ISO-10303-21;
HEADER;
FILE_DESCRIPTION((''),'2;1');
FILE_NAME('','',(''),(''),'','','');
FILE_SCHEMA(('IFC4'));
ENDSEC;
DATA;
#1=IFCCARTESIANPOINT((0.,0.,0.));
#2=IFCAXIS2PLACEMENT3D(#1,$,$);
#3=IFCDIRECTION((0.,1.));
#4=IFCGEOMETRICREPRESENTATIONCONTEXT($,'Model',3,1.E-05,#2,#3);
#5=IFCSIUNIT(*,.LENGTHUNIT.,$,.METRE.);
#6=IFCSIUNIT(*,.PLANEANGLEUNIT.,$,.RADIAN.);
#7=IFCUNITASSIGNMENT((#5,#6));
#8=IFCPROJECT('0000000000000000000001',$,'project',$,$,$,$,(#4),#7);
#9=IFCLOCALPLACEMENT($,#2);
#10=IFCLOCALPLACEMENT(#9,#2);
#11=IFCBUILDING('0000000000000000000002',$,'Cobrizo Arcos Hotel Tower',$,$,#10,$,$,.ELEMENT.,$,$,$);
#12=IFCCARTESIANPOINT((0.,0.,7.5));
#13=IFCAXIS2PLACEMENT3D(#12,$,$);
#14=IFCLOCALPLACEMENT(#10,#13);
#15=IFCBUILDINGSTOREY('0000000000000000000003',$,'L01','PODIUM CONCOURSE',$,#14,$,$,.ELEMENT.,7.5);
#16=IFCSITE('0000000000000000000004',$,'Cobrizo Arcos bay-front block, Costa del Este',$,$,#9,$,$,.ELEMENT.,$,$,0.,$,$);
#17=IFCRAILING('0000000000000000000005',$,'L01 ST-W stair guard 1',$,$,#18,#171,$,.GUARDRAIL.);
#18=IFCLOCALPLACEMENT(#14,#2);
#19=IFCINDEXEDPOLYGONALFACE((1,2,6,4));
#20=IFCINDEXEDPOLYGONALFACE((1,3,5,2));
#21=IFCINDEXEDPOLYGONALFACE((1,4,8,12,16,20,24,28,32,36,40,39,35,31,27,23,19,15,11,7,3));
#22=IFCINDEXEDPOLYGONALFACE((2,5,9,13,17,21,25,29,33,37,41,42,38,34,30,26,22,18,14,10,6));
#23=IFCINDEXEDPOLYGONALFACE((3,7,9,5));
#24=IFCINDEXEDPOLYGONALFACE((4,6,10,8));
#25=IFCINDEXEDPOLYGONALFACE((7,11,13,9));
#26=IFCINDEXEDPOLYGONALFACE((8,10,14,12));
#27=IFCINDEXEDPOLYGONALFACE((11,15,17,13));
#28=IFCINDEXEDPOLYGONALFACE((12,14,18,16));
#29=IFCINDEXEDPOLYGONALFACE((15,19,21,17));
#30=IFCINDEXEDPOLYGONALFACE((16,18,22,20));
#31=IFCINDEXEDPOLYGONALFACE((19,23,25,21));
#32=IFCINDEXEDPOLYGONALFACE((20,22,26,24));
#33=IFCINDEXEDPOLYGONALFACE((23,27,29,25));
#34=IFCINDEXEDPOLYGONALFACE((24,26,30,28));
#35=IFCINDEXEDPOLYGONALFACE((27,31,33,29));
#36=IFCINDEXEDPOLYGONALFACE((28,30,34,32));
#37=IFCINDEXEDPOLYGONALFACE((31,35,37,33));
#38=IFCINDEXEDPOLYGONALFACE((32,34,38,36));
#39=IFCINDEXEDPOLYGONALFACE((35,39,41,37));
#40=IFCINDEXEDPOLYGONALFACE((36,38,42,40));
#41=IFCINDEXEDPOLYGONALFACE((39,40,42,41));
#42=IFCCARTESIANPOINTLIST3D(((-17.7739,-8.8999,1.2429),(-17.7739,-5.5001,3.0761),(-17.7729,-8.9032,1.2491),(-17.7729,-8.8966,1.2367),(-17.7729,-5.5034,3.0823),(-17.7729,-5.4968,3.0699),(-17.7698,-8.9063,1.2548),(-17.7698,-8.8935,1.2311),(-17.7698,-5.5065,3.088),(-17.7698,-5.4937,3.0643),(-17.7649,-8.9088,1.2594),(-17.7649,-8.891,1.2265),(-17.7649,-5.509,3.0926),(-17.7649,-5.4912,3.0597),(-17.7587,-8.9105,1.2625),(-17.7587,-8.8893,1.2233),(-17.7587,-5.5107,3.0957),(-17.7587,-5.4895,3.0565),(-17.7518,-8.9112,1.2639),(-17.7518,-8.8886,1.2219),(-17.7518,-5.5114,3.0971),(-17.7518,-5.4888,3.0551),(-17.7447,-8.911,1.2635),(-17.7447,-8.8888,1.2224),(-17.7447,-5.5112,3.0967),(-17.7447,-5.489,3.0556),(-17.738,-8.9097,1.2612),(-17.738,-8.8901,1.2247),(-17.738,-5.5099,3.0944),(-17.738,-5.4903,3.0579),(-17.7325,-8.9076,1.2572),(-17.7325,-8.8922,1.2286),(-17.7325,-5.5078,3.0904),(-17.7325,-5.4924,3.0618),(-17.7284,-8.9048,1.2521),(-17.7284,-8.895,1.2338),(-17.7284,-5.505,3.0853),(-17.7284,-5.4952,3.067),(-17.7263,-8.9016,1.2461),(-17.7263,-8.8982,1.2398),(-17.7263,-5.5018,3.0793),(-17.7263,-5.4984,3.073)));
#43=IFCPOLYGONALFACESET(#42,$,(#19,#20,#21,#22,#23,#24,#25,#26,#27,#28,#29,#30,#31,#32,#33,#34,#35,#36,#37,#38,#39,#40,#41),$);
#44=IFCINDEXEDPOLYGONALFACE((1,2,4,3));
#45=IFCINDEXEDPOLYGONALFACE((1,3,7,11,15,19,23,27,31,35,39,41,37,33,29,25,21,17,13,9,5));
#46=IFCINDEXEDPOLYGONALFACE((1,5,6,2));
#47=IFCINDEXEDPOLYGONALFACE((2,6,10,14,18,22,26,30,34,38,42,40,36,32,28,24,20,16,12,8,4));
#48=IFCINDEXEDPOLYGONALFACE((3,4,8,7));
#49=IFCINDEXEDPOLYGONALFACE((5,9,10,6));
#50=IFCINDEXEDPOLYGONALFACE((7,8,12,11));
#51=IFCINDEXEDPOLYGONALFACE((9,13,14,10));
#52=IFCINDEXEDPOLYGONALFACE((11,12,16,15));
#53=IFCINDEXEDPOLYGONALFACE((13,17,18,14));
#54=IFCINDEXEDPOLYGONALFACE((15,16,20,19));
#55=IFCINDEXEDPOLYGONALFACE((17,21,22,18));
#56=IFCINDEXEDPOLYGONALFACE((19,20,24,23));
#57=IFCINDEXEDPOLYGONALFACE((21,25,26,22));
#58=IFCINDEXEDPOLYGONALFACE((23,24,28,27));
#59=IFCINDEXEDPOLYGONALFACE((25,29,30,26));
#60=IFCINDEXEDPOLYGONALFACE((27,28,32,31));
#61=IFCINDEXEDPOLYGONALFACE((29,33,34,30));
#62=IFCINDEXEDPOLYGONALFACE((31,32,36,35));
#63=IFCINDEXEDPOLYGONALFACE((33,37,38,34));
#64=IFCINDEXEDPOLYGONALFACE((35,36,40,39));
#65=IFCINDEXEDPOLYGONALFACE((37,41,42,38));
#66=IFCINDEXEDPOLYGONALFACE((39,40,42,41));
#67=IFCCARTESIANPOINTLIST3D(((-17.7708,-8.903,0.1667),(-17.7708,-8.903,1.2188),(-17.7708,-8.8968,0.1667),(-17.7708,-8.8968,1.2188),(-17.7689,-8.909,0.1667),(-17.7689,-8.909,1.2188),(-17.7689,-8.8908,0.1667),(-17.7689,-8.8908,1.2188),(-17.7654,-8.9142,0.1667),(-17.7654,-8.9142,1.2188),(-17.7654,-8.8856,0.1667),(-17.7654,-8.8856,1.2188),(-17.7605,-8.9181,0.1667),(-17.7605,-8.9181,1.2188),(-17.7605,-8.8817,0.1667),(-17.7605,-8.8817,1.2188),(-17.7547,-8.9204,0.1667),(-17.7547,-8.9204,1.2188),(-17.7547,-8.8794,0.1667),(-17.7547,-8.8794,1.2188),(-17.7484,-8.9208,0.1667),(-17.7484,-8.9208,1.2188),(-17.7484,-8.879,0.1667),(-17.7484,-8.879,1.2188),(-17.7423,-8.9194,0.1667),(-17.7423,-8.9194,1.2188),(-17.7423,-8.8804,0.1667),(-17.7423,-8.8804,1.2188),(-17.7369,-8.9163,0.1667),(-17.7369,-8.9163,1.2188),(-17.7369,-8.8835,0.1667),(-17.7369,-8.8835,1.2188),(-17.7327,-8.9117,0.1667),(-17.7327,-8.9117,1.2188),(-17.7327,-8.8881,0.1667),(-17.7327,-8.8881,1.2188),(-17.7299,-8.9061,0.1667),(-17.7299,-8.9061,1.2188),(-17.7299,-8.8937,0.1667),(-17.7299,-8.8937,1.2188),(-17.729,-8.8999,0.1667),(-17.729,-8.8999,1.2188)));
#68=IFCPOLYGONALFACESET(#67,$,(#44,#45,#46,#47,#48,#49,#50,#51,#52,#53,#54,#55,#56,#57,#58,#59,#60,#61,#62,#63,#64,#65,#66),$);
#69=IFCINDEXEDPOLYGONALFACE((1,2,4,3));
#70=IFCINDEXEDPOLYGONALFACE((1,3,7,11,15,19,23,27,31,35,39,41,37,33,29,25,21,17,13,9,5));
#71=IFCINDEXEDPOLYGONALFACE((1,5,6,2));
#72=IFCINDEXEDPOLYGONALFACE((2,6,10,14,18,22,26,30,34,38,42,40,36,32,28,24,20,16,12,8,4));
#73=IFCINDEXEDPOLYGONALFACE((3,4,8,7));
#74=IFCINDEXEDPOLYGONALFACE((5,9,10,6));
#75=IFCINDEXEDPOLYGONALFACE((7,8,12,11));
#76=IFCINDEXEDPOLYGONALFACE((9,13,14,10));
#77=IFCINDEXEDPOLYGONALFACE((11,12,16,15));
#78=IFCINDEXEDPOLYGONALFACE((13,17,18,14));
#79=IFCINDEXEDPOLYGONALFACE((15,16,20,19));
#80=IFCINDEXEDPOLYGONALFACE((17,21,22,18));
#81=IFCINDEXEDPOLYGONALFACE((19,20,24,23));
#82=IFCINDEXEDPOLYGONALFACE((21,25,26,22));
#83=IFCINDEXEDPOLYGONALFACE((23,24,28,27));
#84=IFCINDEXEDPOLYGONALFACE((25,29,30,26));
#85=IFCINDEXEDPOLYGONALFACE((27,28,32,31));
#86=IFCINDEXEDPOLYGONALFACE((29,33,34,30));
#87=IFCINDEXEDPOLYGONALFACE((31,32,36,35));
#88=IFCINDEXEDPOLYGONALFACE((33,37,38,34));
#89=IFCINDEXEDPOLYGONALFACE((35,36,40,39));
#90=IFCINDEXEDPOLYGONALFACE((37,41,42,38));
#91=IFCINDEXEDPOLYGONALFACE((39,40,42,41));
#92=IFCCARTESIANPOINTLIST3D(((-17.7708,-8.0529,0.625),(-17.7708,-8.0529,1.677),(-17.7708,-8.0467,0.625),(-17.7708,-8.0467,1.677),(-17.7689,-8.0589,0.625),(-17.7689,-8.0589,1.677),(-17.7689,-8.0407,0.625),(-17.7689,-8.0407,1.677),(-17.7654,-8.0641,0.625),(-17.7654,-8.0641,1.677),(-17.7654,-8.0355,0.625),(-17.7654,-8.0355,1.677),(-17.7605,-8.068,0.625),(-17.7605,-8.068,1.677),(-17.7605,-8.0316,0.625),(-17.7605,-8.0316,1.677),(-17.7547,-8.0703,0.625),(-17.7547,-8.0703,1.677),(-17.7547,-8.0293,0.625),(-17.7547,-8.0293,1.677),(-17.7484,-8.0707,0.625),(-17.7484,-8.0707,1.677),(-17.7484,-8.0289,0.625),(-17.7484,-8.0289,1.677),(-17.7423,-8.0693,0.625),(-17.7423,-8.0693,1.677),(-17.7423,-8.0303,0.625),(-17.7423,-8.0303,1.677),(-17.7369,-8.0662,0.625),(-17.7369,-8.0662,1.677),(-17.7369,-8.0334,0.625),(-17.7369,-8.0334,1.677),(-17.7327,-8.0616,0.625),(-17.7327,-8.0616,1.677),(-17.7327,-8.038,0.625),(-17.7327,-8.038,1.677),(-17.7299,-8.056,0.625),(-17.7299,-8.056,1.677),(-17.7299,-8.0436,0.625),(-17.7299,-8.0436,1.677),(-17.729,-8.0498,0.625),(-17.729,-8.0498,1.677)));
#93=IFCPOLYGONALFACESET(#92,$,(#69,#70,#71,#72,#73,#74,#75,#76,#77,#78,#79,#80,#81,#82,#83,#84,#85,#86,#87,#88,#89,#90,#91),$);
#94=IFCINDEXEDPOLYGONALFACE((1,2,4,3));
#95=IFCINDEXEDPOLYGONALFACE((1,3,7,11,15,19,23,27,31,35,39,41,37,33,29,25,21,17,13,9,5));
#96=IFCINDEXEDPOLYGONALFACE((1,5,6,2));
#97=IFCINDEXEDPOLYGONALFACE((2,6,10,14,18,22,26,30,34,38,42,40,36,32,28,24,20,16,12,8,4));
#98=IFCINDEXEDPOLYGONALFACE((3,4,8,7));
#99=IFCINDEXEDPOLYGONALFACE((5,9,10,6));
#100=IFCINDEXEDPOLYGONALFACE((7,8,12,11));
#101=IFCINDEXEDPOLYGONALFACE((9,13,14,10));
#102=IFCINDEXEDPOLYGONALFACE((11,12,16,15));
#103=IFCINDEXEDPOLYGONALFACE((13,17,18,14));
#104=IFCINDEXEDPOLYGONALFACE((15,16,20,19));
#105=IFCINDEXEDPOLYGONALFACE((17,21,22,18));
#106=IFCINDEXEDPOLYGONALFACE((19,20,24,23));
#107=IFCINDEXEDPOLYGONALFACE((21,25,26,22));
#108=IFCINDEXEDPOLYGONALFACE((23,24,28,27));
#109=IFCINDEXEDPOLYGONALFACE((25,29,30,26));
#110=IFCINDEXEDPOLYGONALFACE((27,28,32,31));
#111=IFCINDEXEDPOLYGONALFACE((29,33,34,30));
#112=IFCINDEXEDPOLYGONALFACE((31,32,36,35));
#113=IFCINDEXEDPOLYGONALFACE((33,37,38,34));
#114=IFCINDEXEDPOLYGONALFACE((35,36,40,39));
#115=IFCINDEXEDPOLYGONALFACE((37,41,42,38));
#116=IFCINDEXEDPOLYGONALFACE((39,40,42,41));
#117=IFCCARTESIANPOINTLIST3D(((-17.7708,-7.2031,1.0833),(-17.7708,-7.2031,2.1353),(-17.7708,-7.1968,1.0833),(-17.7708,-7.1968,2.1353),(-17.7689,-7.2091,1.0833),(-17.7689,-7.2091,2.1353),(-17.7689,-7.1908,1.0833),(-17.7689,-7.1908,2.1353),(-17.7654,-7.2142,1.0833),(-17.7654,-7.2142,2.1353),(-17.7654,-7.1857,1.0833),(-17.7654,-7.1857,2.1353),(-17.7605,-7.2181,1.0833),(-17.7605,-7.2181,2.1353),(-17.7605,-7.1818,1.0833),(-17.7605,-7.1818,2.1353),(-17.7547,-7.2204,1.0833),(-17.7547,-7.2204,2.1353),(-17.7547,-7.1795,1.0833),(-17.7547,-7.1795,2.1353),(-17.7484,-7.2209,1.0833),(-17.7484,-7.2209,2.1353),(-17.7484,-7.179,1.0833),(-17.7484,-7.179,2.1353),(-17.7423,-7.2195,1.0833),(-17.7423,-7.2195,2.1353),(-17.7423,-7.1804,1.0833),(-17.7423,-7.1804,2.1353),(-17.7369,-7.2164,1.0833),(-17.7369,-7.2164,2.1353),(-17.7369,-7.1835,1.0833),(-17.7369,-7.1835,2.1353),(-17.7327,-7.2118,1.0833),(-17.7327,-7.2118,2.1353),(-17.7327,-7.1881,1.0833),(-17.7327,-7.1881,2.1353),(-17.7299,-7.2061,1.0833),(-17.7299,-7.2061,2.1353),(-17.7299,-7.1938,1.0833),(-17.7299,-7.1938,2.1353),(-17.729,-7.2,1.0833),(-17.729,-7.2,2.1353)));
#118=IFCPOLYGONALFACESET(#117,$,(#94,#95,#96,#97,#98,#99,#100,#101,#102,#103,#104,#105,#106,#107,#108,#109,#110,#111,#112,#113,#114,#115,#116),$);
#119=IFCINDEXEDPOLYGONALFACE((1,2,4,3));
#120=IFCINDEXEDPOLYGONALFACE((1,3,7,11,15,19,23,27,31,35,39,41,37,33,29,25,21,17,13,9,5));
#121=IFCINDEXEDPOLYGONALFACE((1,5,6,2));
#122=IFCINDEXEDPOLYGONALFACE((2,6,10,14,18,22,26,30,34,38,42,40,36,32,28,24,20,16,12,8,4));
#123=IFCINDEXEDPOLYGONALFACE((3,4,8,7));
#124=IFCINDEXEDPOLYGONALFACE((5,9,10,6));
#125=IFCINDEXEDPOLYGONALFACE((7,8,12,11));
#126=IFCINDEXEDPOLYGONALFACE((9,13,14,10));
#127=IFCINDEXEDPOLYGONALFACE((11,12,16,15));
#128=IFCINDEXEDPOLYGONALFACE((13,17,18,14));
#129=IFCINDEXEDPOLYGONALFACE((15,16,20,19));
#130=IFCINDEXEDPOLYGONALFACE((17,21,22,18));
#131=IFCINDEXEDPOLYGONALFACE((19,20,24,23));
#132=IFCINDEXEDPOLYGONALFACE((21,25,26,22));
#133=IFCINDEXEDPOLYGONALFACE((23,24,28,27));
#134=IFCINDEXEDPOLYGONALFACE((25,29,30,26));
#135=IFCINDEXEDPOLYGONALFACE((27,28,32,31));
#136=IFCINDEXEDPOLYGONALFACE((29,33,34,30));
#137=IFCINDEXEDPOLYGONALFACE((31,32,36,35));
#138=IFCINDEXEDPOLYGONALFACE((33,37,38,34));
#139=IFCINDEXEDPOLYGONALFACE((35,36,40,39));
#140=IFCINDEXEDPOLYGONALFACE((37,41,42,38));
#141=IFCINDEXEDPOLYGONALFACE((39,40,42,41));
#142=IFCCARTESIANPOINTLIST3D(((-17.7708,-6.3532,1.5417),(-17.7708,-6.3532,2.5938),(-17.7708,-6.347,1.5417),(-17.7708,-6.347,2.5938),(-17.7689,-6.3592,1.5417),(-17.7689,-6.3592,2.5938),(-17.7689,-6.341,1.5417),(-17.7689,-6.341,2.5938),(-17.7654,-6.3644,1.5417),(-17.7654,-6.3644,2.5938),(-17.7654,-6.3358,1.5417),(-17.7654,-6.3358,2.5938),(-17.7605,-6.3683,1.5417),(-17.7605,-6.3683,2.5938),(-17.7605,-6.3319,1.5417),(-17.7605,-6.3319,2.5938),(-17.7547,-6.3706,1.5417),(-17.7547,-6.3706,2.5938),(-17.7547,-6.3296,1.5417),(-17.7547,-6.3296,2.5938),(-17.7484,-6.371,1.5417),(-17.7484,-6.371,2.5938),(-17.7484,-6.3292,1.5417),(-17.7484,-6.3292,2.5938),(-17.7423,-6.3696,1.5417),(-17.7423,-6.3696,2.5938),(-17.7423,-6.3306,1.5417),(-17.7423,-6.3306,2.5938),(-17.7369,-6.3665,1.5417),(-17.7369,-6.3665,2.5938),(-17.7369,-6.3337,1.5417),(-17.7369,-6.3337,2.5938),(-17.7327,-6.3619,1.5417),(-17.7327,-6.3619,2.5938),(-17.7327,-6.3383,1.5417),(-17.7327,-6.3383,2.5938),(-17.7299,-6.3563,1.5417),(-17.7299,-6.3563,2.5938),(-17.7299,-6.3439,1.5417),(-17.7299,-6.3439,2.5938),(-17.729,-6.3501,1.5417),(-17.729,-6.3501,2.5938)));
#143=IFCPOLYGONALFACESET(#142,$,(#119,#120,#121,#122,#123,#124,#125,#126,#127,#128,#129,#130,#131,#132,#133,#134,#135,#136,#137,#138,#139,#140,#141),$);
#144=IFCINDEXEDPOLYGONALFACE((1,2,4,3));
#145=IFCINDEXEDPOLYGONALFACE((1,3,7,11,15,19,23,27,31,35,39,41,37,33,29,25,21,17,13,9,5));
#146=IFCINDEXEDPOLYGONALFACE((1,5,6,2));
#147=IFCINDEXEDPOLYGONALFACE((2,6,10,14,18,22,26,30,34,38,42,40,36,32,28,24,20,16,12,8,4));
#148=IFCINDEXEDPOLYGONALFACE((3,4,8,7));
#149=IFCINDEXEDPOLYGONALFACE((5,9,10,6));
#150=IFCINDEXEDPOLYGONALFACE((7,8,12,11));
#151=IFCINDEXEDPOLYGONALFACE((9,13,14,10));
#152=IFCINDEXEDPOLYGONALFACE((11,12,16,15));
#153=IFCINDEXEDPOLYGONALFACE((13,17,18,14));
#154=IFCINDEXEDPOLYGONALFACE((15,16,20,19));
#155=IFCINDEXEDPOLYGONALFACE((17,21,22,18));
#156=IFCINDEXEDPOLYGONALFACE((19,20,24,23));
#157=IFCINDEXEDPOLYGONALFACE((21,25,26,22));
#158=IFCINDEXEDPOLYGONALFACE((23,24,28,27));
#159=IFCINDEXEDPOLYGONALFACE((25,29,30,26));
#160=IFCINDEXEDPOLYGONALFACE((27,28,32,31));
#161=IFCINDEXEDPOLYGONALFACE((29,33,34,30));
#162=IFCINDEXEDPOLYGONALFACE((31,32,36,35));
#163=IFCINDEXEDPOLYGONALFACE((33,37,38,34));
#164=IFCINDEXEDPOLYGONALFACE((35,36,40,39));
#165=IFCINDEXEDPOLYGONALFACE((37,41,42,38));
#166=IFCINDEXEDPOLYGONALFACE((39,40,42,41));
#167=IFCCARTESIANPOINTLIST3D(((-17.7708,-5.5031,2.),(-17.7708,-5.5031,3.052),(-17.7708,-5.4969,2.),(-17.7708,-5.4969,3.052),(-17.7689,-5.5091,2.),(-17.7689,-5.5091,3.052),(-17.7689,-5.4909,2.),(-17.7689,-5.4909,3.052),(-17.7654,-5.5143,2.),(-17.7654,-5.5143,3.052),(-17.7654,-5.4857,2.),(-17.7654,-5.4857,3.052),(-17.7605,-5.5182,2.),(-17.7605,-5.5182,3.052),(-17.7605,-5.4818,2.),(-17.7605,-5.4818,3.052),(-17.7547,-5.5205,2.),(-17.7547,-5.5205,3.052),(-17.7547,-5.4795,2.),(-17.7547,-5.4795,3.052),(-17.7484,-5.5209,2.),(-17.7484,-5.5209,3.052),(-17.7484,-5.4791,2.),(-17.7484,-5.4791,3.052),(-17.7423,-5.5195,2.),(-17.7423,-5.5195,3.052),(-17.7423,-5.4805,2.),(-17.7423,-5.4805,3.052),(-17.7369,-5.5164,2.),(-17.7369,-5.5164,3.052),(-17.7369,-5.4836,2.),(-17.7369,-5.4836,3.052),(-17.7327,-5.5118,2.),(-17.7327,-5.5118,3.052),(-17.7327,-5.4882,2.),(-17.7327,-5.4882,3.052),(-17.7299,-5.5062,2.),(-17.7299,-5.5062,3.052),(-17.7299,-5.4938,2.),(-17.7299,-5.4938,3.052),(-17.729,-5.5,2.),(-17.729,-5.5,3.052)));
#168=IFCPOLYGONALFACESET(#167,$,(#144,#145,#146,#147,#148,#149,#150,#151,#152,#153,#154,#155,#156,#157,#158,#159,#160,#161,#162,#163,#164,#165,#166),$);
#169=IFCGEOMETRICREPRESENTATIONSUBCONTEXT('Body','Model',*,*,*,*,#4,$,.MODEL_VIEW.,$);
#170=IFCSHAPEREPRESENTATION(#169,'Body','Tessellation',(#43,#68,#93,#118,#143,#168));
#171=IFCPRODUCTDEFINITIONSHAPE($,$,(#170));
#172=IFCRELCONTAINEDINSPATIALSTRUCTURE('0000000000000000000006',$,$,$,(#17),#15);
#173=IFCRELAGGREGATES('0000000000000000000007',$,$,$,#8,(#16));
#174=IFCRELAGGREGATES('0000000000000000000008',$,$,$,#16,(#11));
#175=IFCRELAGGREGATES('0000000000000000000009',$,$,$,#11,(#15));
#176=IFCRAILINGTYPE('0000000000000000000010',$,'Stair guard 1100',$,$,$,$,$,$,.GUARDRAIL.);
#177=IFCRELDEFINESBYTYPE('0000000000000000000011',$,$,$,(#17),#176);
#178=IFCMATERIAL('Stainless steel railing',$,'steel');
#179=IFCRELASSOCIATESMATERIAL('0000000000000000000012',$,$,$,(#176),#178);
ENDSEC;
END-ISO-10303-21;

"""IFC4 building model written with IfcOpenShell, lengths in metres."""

from ifc_helpers import new_model, si_unit, direction, frame, origin, origin_2d, place, context, subcontext, project, spatial, circle, extrude, material, type_object, element, save


model = new_model("IFC4")

# Units and contexts
model_context = context("Model", 3, precision=1e-05, world=origin(), true_north=direction((0.0, 1.0)))
body_context = subcontext(model_context, "Body", "Model", "MODEL_VIEW")
ifc_project = project(units=[si_unit("LENGTHUNIT", "METRE"), si_unit("PLANEANGLEUNIT", "RADIAN")], contexts=[model_context])

# Site, building, storey
site_placement = place(None, origin())
site = spatial("IfcSite", under=ifc_project, at=site_placement, Name="Cobrizo Arcos bay-front block, Costa del Este", CompositionType="ELEMENT", RefElevation=0.0)
building_placement = place(site_placement, origin())
building = spatial("IfcBuilding", under=site, at=building_placement, Name="Cobrizo Arcos Hotel Tower", CompositionType="ELEMENT")
storey_placement = place(building_placement, frame((0.0, 0.0, 7.5)))
storey = spatial("IfcBuildingStorey", under=building, at=storey_placement, Name="L01", Description="PODIUM CONCOURSE", CompositionType="ELEMENT", Elevation=7.5)

# Railing
ifc_material_1 = material(Name="Stainless steel railing", Category="steel")
railing_type_1 = type_object("IfcRailingType", Name="Stair guard 1100", PredefinedType="GUARDRAIL", material=ifc_material_1)
railing_1_placement = place(storey_placement, frame((-17.75, -8.8999, 0.1667)))
element("IfcRailing", 1, at=railing_1_placement, inside=storey, type_object=railing_type_1, Name="L01 ST-W stair guard 1", PredefinedType="GUARDRAIL", context=body_context, shape_type="SweptSolid", body=[
    extrude(circle(Radius=0.0239, at=origin_2d()), frame((0.0, 0.0, 1.0762), z_axis=(0.0, 0.880197, 0.474609), x_axis=(-1.0, 0.0, 0.0)), (0.0, 0.0, 1.0), 3.8625),
    extrude(circle(Radius=0.021, at=origin_2d()), origin(), (0.0, 0.0, 1.0), 1.052),
    extrude(circle(Radius=0.021, at=origin_2d()), frame((0.0, 0.8501, 0.4583)), (0.0, 0.0, 1.0), 1.052),
    extrude(circle(Radius=0.021, at=origin_2d()), frame((0.0, 1.7, 0.9165)), (0.0, 0.0, 1.0), 1.052),
    extrude(circle(Radius=0.021, at=origin_2d()), frame((0.0, 2.5498, 1.375)), (0.0, 0.0, 1.0), 1.052),
    extrude(circle(Radius=0.021, at=origin_2d()), frame((0.0, 3.3999, 1.8333)), (0.0, 0.0, 1.0), 1.052),
])

save(model, "model.ifc")
